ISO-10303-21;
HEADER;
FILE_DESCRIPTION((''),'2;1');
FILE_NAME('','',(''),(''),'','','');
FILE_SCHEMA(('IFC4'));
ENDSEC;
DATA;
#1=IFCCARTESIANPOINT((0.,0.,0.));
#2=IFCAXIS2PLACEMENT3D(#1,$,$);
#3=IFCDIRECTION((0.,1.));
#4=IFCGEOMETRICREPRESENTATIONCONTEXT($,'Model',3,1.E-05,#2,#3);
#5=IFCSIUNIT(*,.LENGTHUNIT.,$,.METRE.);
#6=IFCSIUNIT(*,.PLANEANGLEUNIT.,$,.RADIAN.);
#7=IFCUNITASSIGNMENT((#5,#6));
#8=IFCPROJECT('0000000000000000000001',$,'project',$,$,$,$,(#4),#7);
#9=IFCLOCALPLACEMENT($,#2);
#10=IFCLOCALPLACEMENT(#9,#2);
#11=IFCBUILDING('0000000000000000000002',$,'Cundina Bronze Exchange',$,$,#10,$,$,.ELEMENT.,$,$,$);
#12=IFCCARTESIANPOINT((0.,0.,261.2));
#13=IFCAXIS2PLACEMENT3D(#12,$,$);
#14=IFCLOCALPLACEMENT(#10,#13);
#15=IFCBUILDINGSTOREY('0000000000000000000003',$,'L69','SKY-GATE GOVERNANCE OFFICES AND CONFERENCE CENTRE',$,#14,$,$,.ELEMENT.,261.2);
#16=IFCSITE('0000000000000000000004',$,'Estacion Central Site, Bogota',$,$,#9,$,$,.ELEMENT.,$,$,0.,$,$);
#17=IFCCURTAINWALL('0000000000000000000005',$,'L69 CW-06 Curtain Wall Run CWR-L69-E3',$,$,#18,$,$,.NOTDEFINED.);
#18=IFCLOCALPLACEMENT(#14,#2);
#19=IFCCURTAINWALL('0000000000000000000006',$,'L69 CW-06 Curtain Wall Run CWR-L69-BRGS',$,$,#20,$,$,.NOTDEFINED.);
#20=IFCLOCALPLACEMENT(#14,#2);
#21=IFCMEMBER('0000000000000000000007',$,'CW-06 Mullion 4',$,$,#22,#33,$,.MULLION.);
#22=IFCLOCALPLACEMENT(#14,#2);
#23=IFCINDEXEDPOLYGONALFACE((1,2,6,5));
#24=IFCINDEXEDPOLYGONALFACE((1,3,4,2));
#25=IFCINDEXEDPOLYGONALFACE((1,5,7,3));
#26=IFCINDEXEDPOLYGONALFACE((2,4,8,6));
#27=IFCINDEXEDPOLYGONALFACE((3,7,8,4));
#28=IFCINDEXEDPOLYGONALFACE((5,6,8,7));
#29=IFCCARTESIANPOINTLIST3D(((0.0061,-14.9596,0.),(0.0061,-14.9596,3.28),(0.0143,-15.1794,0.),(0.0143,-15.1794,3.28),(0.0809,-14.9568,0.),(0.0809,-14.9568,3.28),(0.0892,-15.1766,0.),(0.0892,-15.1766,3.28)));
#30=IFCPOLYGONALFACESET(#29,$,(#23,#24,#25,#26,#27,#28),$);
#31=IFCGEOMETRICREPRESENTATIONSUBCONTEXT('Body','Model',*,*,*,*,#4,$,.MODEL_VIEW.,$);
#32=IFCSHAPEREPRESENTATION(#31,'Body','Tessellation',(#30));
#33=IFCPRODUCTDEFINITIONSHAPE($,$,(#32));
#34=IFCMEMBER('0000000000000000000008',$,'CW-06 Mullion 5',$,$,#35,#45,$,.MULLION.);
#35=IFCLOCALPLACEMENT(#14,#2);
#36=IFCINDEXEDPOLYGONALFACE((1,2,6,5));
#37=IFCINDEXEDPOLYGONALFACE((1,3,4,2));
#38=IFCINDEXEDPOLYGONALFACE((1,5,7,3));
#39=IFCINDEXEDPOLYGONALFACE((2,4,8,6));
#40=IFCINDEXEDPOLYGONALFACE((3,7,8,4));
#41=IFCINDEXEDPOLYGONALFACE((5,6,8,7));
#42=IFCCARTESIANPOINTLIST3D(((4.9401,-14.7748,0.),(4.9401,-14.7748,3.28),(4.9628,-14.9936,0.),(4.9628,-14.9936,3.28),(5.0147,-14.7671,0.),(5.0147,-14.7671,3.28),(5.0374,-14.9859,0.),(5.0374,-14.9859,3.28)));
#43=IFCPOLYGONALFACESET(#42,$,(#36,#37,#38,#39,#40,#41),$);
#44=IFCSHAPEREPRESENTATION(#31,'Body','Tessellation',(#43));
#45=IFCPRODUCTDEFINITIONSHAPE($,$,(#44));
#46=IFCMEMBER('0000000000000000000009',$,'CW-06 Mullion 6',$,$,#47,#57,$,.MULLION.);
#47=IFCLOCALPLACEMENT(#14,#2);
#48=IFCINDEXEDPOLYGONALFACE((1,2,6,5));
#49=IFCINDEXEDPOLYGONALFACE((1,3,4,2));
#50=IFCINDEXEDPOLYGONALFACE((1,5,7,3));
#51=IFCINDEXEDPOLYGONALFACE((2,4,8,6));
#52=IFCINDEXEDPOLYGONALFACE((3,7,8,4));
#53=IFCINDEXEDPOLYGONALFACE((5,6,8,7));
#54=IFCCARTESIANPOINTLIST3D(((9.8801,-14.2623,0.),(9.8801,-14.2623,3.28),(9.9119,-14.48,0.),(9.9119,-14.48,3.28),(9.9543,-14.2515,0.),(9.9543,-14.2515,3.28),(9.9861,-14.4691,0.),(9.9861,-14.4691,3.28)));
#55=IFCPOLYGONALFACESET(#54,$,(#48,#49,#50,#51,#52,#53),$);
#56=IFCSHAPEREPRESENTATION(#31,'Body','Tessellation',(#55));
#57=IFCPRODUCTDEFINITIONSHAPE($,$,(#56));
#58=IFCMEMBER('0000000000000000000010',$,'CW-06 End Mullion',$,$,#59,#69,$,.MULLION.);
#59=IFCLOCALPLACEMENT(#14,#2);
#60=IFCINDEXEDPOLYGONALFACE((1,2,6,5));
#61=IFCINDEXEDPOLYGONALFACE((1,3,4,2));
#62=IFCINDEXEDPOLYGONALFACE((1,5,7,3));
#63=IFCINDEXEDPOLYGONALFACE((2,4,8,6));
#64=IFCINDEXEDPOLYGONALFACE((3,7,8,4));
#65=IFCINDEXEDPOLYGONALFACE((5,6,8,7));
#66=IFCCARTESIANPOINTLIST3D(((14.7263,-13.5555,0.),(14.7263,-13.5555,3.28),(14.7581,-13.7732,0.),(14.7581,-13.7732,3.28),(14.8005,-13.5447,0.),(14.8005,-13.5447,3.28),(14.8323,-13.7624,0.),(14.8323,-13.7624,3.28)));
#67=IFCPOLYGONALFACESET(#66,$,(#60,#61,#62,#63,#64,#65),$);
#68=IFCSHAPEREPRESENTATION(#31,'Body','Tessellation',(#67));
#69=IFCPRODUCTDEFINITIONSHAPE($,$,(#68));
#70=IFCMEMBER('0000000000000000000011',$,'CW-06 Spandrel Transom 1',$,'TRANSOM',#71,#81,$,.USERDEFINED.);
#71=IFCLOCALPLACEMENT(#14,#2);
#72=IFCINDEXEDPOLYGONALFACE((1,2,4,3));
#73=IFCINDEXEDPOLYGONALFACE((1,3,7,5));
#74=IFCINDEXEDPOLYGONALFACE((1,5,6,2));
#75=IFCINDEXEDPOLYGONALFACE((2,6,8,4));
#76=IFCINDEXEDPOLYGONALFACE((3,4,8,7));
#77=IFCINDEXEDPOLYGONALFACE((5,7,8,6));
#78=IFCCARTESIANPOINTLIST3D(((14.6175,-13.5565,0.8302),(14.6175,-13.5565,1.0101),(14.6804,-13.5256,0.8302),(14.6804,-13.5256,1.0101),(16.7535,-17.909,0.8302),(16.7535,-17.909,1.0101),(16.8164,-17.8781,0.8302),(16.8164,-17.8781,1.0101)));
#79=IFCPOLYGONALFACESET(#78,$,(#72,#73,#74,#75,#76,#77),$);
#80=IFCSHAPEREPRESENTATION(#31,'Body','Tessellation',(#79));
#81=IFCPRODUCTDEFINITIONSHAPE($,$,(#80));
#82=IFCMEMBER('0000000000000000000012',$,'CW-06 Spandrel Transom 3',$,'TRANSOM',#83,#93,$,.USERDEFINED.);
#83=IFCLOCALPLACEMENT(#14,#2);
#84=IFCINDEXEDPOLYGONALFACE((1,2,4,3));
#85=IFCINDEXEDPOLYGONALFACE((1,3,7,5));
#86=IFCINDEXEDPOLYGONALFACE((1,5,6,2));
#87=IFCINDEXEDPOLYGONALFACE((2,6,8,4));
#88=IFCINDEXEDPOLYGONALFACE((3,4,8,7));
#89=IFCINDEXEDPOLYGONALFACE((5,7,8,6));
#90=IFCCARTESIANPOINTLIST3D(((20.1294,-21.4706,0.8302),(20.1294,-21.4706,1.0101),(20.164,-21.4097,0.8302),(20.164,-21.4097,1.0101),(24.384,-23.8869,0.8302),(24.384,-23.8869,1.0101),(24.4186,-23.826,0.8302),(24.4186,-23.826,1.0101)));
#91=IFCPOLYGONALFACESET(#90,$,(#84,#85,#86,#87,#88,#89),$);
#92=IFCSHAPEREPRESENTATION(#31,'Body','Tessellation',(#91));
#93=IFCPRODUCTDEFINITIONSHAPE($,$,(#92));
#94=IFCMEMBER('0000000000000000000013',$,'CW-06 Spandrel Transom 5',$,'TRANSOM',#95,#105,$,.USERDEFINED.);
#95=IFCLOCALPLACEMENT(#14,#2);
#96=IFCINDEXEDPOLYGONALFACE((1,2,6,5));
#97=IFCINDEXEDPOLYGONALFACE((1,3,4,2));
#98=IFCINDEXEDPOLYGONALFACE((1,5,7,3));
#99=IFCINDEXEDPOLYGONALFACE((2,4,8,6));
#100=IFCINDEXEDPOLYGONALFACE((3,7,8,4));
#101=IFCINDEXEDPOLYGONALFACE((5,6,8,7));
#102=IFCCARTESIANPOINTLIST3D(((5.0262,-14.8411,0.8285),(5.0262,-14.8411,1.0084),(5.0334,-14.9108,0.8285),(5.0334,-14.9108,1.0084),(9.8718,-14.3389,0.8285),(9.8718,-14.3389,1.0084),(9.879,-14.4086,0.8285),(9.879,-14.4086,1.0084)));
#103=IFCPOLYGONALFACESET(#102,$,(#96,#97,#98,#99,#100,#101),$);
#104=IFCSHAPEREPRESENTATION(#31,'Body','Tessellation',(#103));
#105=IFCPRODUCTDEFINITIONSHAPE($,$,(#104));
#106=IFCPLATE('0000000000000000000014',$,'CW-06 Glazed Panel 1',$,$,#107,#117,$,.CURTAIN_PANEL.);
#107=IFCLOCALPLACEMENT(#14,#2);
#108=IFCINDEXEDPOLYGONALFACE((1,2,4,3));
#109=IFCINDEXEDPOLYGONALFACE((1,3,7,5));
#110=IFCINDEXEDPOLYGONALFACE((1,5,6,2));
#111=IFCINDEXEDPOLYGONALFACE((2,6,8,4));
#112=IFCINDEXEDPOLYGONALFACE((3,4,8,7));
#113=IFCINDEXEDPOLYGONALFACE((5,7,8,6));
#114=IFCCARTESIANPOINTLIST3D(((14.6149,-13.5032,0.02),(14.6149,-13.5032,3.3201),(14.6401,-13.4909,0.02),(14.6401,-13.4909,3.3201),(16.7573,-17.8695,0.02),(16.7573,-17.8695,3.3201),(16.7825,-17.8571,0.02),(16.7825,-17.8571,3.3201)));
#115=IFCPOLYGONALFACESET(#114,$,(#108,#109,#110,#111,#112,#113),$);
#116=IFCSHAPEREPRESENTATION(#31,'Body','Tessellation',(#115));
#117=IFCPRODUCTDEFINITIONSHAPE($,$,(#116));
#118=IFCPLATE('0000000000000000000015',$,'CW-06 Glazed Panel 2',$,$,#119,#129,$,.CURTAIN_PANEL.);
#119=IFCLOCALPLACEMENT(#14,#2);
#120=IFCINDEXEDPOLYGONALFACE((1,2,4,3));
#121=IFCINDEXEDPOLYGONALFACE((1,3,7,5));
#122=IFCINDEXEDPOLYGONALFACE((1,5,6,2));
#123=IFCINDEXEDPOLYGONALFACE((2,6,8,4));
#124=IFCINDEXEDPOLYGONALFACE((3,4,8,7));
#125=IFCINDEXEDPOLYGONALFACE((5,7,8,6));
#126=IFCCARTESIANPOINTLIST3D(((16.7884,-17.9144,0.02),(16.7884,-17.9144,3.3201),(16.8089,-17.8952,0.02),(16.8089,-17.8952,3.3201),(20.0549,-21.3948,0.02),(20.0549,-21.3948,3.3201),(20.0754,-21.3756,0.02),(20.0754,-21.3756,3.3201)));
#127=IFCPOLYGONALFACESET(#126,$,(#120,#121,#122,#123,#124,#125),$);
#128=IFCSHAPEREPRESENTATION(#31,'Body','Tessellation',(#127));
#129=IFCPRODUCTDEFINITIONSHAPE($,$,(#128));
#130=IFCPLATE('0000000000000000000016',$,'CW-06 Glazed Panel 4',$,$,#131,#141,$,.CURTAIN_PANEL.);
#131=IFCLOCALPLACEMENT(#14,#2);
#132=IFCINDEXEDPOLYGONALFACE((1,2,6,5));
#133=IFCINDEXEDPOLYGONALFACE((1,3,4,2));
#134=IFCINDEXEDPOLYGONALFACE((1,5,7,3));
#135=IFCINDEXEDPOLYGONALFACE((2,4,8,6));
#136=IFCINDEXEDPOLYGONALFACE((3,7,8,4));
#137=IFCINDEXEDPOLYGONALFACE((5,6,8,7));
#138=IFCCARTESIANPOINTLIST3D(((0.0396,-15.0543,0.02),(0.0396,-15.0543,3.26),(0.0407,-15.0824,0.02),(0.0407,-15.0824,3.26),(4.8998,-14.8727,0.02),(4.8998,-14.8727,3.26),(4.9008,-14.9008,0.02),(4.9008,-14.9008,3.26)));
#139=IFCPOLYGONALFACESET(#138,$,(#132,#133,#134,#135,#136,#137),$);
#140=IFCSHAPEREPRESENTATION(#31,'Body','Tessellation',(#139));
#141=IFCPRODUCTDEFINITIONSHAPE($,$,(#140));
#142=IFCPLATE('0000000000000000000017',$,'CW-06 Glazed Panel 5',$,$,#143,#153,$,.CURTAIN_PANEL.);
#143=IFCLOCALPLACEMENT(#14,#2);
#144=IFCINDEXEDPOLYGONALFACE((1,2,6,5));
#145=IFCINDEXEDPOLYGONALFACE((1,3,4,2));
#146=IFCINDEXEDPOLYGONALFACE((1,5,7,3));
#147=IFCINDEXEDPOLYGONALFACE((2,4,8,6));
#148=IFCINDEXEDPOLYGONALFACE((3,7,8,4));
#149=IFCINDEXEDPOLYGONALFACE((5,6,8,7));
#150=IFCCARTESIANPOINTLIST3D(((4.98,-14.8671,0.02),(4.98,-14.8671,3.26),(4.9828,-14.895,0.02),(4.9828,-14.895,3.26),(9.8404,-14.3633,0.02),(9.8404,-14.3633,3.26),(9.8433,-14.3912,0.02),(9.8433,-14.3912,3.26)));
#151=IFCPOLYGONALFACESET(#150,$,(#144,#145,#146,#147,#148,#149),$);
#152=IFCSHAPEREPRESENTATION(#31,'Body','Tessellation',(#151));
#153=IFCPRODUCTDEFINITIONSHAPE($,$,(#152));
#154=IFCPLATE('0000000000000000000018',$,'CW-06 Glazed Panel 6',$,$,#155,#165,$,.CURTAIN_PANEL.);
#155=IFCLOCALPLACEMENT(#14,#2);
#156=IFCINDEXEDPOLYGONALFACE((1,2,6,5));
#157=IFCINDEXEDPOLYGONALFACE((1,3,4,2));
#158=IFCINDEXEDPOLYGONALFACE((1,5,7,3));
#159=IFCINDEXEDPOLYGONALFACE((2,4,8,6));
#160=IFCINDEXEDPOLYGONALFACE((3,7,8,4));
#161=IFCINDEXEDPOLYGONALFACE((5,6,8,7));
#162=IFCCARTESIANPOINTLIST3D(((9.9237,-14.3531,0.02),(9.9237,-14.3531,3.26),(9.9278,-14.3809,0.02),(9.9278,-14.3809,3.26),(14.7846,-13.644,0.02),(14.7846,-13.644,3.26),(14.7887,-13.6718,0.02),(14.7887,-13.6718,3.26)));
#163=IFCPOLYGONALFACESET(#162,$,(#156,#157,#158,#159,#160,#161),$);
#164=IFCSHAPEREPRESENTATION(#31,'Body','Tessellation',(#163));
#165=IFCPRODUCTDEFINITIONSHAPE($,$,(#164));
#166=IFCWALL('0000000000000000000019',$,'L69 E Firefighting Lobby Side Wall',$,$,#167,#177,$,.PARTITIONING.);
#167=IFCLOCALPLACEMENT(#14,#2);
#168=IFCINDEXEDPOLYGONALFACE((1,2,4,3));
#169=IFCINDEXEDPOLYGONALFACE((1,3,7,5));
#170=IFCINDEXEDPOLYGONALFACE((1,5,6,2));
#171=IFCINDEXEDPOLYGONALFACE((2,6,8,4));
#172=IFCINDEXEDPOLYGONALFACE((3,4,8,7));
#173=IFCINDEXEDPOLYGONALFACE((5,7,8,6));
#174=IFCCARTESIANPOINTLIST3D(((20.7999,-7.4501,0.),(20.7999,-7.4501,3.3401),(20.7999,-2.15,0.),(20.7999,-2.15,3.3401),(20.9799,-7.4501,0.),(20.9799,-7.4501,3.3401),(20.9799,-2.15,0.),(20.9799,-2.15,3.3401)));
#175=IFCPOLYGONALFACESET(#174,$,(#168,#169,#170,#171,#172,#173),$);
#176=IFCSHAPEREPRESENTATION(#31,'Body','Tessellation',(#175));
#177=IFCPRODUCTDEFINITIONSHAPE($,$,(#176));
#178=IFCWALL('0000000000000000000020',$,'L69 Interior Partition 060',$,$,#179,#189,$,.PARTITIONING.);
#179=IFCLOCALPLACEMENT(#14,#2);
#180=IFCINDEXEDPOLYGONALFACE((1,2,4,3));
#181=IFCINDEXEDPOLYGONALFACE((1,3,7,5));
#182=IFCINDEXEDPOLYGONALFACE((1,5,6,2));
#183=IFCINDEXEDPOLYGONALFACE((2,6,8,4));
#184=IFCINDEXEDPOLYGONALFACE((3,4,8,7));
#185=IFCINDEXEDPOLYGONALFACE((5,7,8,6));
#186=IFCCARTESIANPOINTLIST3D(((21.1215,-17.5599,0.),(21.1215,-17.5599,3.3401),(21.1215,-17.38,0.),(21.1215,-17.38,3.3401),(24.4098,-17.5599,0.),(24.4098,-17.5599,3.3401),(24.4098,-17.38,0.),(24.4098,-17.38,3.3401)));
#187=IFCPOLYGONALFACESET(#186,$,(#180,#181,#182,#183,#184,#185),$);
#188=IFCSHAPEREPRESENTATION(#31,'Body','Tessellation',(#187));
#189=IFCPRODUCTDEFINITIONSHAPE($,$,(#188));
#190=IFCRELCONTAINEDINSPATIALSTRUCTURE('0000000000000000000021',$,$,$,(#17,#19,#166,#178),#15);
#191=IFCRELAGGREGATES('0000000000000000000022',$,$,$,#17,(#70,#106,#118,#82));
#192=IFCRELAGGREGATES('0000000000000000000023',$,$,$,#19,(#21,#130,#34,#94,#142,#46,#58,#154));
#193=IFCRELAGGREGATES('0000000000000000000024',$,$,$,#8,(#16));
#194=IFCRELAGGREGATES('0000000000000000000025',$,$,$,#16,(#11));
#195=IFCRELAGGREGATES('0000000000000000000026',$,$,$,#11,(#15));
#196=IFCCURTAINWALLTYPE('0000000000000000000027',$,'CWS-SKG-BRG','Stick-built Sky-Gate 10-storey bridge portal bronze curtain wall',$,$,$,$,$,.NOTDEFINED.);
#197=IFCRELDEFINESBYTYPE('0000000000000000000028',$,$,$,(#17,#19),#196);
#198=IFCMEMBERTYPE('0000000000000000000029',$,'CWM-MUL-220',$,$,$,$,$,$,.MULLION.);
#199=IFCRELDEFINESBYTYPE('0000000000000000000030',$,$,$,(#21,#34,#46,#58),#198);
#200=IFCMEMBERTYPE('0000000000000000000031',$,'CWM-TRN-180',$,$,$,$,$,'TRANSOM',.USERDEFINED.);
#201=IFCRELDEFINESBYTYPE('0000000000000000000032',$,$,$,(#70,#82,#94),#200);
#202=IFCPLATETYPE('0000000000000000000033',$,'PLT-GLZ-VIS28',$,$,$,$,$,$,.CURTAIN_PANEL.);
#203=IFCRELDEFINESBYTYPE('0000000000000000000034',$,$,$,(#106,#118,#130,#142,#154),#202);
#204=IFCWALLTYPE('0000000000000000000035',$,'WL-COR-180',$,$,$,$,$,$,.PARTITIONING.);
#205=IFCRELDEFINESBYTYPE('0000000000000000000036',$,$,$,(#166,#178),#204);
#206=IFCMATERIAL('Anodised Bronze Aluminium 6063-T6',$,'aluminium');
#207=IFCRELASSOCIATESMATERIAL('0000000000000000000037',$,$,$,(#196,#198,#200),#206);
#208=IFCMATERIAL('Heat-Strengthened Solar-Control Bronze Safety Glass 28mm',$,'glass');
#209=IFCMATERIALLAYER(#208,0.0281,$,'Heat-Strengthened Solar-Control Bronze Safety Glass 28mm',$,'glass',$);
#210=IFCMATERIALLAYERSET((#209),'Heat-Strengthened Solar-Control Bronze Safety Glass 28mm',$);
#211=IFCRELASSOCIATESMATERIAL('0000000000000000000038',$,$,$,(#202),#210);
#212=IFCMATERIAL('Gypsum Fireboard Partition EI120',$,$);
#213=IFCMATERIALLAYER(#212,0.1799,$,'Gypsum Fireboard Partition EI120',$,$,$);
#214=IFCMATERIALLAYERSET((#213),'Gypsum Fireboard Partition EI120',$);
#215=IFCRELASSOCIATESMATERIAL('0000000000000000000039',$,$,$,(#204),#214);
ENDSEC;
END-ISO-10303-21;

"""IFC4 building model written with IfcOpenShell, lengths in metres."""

from ifc_helpers import new_model, si_unit, direction, frame, frame_2d, origin, origin_2d, place, context, subcontext, project, spatial, rectangle, extrude, material, layer, layer_set, material_profile, profile_set, type_object, element, aggregate, save


model = new_model("IFC4")

# Units and contexts
model_context = context("Model", 3, precision=1e-05, world=origin(), true_north=direction((0.0, 1.0)))
body_context = subcontext(model_context, "Body", "Model", "MODEL_VIEW")
ifc_project = project(units=[si_unit("LENGTHUNIT", "METRE"), si_unit("PLANEANGLEUNIT", "RADIAN")], contexts=[model_context])

# Site, building, storey
site_placement = place(None, origin())
site = spatial("IfcSite", under=ifc_project, at=site_placement, Name="Estacion Central Site, Bogota", CompositionType="ELEMENT", RefElevation=0.0)
building_placement = place(site_placement, origin())
building = spatial("IfcBuilding", under=site, at=building_placement, Name="Cundina Bronze Exchange", CompositionType="ELEMENT")
storey_placement = place(building_placement, frame((0.0, 0.0, 261.2)))
storey = spatial("IfcBuildingStorey", under=building, at=storey_placement, Name="L69", Description="SKY-GATE GOVERNANCE OFFICES AND CONFERENCE CENTRE", CompositionType="ELEMENT", Elevation=261.2)

# Curtain walls, members
ifc_material_1 = material(Name="Anodised Bronze Aluminium 6063-T6", Category="aluminium")
curtain_wall_type = type_object("IfcCurtainWallType", Name="CWS-SKG-BRG", Description="Stick-built Sky-Gate 10-storey bridge portal bronze curtain wall", PredefinedType="NOTDEFINED", material=ifc_material_1)
curtain_wall_1_placement = place(storey_placement, origin())
curtain_wall_1 = element("IfcCurtainWall", 1, at=curtain_wall_1_placement, inside=storey, type_object=curtain_wall_type, Name="L69 CW-06 Curtain Wall Run CWR-L69-E3", PredefinedType="NOTDEFINED")
ifc_material_profile_1 = material_profile(ifc_material_1, rectangle(XDim=0.075, YDim=0.22, at=origin_2d()), Name="AL75X220", Category="aluminium")
ifc_profile_set_1 = profile_set([ifc_material_profile_1], Name="Anodised Bronze Aluminium 6063-T6")
member_type_1 = type_object("IfcMemberType", Name="CWM-MUL-220", PredefinedType="MULLION", material=ifc_profile_set_1)
curtain_wall_2_placement = place(storey_placement, origin())
curtain_wall_2 = element("IfcCurtainWall", 2, at=curtain_wall_2_placement, inside=storey, type_object=curtain_wall_type, Name="L69 CW-06 Curtain Wall Run CWR-L69-BRGS", PredefinedType="NOTDEFINED")
member_1_placement = place(storey_placement, frame((0.0476, -15.0681, 0.0), z_axis=(0.0, 0.0, 1.0), x_axis=(0.999303, 0.037341, 0.0)))
member_1 = element("IfcMember", 3, at=member_1_placement, type_object=member_type_1, Name="CW-06 Mullion 4", PredefinedType="MULLION", context=body_context, shape_type="SweptSolid", body=[
    extrude(rectangle(XDim=0.075, YDim=0.22, at=origin_2d()), origin(), (0.0, 0.0, 1.0), 3.28),
])
member_2_placement = place(storey_placement, frame((4.9888, -14.8804, 0.0), z_axis=(0.0, 0.0, 1.0), x_axis=(0.994667, 0.10314, 0.0)))
member_2 = element("IfcMember", 4, at=member_2_placement, type_object=member_type_1, Name="CW-06 Mullion 5", PredefinedType="MULLION", context=body_context, shape_type="SweptSolid", body=[
    extrude(rectangle(XDim=0.075, YDim=0.22, at=origin_2d()), origin(), (0.0, 0.0, 1.0), 3.28),
])
member_3_placement = place(storey_placement, frame((9.9331, -14.3657, 0.0), z_axis=(0.0, 0.0, 1.0), x_axis=(0.989526, 0.144356, 0.0)))
member_3 = element("IfcMember", 5, at=member_3_placement, type_object=member_type_1, Name="CW-06 Mullion 6", PredefinedType="MULLION", context=body_context, shape_type="SweptSolid", body=[
    extrude(rectangle(XDim=0.075, YDim=0.22, at=origin_2d()), origin(), (0.0, 0.0, 1.0), 3.28),
])
member_4_placement = place(storey_placement, frame((14.7793, -13.6589, 0.0), z_axis=(0.0, 0.0, 1.0), x_axis=(0.989526, 0.144356, 0.0)))
member_4 = element("IfcMember", 6, at=member_4_placement, type_object=member_type_1, Name="CW-06 End Mullion", PredefinedType="MULLION", context=body_context, shape_type="SweptSolid", body=[
    extrude(rectangle(XDim=0.075, YDim=0.22, at=origin_2d()), origin(), (0.0, 0.0, 1.0), 3.28),
])

# Members
ifc_material_profile_2 = material_profile(ifc_material_1, rectangle(XDim=0.0701, YDim=0.1799, at=origin_2d()), Name="AL70X180", Category="aluminium")
ifc_profile_set_2 = profile_set([ifc_material_profile_2], Name="Anodised Bronze Aluminium 6063-T6")
member_type_2 = type_object("IfcMemberType", Name="CWM-TRN-180", ElementType="TRANSOM", PredefinedType="USERDEFINED", material=ifc_profile_set_2)
member_5_placement = place(storey_placement, frame((14.6489, -13.541, 0.9202), z_axis=(0.440554, -0.897726, 0.0), x_axis=(0.897726, 0.440554, 0.0)))
member_5 = element("IfcMember", 7, at=member_5_placement, type_object=member_type_2, Name="CW-06 Spandrel Transom 1", ObjectType="TRANSOM", PredefinedType="USERDEFINED", context=body_context, shape_type="SweptSolid", body=[
    extrude(rectangle(XDim=0.0701, YDim=0.1799, at=origin_2d()), origin(), (0.0, 0.0, 1.0), 4.8484),
])
member_6_placement = place(storey_placement, frame((20.1467, -21.4402, 0.9202), z_axis=(0.869557, -0.493832, 0.0), x_axis=(0.493832, 0.869557, 0.0)))
member_6 = element("IfcMember", 8, at=member_6_placement, type_object=member_type_2, Name="CW-06 Spandrel Transom 3", ObjectType="TRANSOM", PredefinedType="USERDEFINED", context=body_context, shape_type="SweptSolid", body=[
    extrude(rectangle(XDim=0.0701, YDim=0.1799, at=origin_2d()), origin(), (0.0, 0.0, 1.0), 4.8928),
])
member_7_placement = place(storey_placement, frame((5.0298, -14.876, 0.9185), z_axis=(0.994672, 0.103086, 0.0), x_axis=(-0.103086, 0.994672, 0.0)))
member_7 = element("IfcMember", 9, at=member_7_placement, type_object=member_type_2, Name="CW-06 Spandrel Transom 5", ObjectType="TRANSOM", PredefinedType="USERDEFINED", context=body_context, shape_type="SweptSolid", body=[
    extrude(rectangle(XDim=0.0701, YDim=0.1799, at=origin_2d()), origin(), (0.0, 0.0, 1.0), 4.8716),
])

# Plates
ifc_material_2 = material(Name="Heat-Strengthened Solar-Control Bronze Safety Glass 28mm", Category="glass")
ifc_layer_1 = layer(ifc_material_2, 0.0281, Name="Heat-Strengthened Solar-Control Bronze Safety Glass 28mm", Category="glass")
ifc_layer_set_1 = layer_set([ifc_layer_1], Name="Heat-Strengthened Solar-Control Bronze Safety Glass 28mm")
plate_type = type_object("IfcPlateType", Name="PLT-GLZ-VIS28", PredefinedType="CURTAIN_PANEL", material=ifc_layer_set_1)
plate_1_placement = place(storey_placement, frame((15.6987, -15.6802, 0.02), z_axis=(0.0, 0.0, 1.0), x_axis=(0.440503, -0.897751, 0.0)))
plate_1 = element("IfcPlate", 10, at=plate_1_placement, type_object=plate_type, Name="CW-06 Glazed Panel 1", PredefinedType="CURTAIN_PANEL", context=body_context, shape_type="SweptSolid", body=[
    extrude(rectangle(XDim=4.8635, YDim=0.0281, at=origin_2d()), origin(), (0.0, 0.0, 1.0), 3.3),
])
plate_2_placement = place(storey_placement, frame((18.4319, -19.645, 0.02), z_axis=(0.0, 0.0, 1.0), x_axis=(0.684344, -0.72916, 0.0)))
plate_2 = element("IfcPlate", 11, at=plate_2_placement, type_object=plate_type, Name="CW-06 Glazed Panel 2", PredefinedType="CURTAIN_PANEL", context=body_context, shape_type="SweptSolid", body=[
    extrude(rectangle(XDim=4.7732, YDim=0.0281, at=origin_2d()), origin(), (0.0, 0.0, 1.0), 3.3),
])
aggregate(curtain_wall_1, [member_5, plate_1, plate_2, member_6])
plate_3_placement = place(storey_placement, frame((2.4702, -14.9775, 0.02), z_axis=(0.0, 0.0, 1.0), x_axis=(0.999303, 0.037341, 0.0)))
plate_3 = element("IfcPlate", 12, at=plate_3_placement, type_object=plate_type, Name="CW-06 Glazed Panel 4", PredefinedType="CURTAIN_PANEL", context=body_context, shape_type="SweptSolid", body=[
    extrude(rectangle(XDim=4.8635, YDim=0.0281, at=origin_2d()), origin(), (0.0, 0.0, 1.0), 3.24),
])
plate_4_placement = place(storey_placement, frame((7.4116, -14.6292, 0.02), z_axis=(0.0, 0.0, 1.0), x_axis=(0.994672, 0.103088, 0.0)))
plate_4 = element("IfcPlate", 13, at=plate_4_placement, type_object=plate_type, Name="CW-06 Glazed Panel 5", PredefinedType="CURTAIN_PANEL", context=body_context, shape_type="SweptSolid", body=[
    extrude(rectangle(XDim=4.8865, YDim=0.0281, at=origin_2d()), origin(), (0.0, 0.0, 1.0), 3.24),
])
plate_5_placement = place(storey_placement, frame((12.3562, -14.0125, 0.02), z_axis=(0.0, 0.0, 1.0), x_axis=(0.989528, 0.144339, 0.0)))
plate_5 = element("IfcPlate", 14, at=plate_5_placement, type_object=plate_type, Name="CW-06 Glazed Panel 6", PredefinedType="CURTAIN_PANEL", context=body_context, shape_type="SweptSolid", body=[
    extrude(rectangle(XDim=4.9124, YDim=0.0281, at=origin_2d()), origin(), (0.0, 0.0, 1.0), 3.24),
])
aggregate(curtain_wall_2, [member_1, plate_3, member_2, member_7, plate_4, member_3, member_4, plate_5])

# Walls
ifc_material_3 = material(Name="Gypsum Fireboard Partition EI120")
ifc_layer_2 = layer(ifc_material_3, 0.1799, Name="Gypsum Fireboard Partition EI120")
ifc_layer_set_2 = layer_set([ifc_layer_2], Name="Gypsum Fireboard Partition EI120")
wall_type = type_object("IfcWallType", Name="WL-COR-180", PredefinedType="PARTITIONING", material=ifc_layer_set_2)
wall_1_placement = place(storey_placement, frame((20.8899, -7.45, 0.0), z_axis=(0.0, 0.0, 1.0), x_axis=(0.0, 1.0, 0.0)))
element("IfcWall", 15, at=wall_1_placement, inside=storey, type_object=wall_type, Name="L69 E Firefighting Lobby Side Wall", PredefinedType="PARTITIONING", context=body_context, shape_type="SweptSolid", body=[
    extrude(rectangle(XDim=5.3, YDim=0.1799, at=frame_2d((2.6499, 0.0))), origin(), (0.0, 0.0, 1.0), 3.3401),
])
wall_2_placement = place(storey_placement, frame((21.1216, -17.47, 0.0), z_axis=(0.0, 0.0, 1.0), x_axis=(1.0, 0.0, 0.0)))
element("IfcWall", 16, at=wall_2_placement, inside=storey, type_object=wall_type, Name="L69 Interior Partition 060", PredefinedType="PARTITIONING", context=body_context, shape_type="SweptSolid", body=[
    extrude(rectangle(XDim=3.2883, YDim=0.1799, at=frame_2d((1.644, 0.0))), origin(), (0.0, 0.0, 1.0), 3.3401),
])

save(model, "model.ifc")
